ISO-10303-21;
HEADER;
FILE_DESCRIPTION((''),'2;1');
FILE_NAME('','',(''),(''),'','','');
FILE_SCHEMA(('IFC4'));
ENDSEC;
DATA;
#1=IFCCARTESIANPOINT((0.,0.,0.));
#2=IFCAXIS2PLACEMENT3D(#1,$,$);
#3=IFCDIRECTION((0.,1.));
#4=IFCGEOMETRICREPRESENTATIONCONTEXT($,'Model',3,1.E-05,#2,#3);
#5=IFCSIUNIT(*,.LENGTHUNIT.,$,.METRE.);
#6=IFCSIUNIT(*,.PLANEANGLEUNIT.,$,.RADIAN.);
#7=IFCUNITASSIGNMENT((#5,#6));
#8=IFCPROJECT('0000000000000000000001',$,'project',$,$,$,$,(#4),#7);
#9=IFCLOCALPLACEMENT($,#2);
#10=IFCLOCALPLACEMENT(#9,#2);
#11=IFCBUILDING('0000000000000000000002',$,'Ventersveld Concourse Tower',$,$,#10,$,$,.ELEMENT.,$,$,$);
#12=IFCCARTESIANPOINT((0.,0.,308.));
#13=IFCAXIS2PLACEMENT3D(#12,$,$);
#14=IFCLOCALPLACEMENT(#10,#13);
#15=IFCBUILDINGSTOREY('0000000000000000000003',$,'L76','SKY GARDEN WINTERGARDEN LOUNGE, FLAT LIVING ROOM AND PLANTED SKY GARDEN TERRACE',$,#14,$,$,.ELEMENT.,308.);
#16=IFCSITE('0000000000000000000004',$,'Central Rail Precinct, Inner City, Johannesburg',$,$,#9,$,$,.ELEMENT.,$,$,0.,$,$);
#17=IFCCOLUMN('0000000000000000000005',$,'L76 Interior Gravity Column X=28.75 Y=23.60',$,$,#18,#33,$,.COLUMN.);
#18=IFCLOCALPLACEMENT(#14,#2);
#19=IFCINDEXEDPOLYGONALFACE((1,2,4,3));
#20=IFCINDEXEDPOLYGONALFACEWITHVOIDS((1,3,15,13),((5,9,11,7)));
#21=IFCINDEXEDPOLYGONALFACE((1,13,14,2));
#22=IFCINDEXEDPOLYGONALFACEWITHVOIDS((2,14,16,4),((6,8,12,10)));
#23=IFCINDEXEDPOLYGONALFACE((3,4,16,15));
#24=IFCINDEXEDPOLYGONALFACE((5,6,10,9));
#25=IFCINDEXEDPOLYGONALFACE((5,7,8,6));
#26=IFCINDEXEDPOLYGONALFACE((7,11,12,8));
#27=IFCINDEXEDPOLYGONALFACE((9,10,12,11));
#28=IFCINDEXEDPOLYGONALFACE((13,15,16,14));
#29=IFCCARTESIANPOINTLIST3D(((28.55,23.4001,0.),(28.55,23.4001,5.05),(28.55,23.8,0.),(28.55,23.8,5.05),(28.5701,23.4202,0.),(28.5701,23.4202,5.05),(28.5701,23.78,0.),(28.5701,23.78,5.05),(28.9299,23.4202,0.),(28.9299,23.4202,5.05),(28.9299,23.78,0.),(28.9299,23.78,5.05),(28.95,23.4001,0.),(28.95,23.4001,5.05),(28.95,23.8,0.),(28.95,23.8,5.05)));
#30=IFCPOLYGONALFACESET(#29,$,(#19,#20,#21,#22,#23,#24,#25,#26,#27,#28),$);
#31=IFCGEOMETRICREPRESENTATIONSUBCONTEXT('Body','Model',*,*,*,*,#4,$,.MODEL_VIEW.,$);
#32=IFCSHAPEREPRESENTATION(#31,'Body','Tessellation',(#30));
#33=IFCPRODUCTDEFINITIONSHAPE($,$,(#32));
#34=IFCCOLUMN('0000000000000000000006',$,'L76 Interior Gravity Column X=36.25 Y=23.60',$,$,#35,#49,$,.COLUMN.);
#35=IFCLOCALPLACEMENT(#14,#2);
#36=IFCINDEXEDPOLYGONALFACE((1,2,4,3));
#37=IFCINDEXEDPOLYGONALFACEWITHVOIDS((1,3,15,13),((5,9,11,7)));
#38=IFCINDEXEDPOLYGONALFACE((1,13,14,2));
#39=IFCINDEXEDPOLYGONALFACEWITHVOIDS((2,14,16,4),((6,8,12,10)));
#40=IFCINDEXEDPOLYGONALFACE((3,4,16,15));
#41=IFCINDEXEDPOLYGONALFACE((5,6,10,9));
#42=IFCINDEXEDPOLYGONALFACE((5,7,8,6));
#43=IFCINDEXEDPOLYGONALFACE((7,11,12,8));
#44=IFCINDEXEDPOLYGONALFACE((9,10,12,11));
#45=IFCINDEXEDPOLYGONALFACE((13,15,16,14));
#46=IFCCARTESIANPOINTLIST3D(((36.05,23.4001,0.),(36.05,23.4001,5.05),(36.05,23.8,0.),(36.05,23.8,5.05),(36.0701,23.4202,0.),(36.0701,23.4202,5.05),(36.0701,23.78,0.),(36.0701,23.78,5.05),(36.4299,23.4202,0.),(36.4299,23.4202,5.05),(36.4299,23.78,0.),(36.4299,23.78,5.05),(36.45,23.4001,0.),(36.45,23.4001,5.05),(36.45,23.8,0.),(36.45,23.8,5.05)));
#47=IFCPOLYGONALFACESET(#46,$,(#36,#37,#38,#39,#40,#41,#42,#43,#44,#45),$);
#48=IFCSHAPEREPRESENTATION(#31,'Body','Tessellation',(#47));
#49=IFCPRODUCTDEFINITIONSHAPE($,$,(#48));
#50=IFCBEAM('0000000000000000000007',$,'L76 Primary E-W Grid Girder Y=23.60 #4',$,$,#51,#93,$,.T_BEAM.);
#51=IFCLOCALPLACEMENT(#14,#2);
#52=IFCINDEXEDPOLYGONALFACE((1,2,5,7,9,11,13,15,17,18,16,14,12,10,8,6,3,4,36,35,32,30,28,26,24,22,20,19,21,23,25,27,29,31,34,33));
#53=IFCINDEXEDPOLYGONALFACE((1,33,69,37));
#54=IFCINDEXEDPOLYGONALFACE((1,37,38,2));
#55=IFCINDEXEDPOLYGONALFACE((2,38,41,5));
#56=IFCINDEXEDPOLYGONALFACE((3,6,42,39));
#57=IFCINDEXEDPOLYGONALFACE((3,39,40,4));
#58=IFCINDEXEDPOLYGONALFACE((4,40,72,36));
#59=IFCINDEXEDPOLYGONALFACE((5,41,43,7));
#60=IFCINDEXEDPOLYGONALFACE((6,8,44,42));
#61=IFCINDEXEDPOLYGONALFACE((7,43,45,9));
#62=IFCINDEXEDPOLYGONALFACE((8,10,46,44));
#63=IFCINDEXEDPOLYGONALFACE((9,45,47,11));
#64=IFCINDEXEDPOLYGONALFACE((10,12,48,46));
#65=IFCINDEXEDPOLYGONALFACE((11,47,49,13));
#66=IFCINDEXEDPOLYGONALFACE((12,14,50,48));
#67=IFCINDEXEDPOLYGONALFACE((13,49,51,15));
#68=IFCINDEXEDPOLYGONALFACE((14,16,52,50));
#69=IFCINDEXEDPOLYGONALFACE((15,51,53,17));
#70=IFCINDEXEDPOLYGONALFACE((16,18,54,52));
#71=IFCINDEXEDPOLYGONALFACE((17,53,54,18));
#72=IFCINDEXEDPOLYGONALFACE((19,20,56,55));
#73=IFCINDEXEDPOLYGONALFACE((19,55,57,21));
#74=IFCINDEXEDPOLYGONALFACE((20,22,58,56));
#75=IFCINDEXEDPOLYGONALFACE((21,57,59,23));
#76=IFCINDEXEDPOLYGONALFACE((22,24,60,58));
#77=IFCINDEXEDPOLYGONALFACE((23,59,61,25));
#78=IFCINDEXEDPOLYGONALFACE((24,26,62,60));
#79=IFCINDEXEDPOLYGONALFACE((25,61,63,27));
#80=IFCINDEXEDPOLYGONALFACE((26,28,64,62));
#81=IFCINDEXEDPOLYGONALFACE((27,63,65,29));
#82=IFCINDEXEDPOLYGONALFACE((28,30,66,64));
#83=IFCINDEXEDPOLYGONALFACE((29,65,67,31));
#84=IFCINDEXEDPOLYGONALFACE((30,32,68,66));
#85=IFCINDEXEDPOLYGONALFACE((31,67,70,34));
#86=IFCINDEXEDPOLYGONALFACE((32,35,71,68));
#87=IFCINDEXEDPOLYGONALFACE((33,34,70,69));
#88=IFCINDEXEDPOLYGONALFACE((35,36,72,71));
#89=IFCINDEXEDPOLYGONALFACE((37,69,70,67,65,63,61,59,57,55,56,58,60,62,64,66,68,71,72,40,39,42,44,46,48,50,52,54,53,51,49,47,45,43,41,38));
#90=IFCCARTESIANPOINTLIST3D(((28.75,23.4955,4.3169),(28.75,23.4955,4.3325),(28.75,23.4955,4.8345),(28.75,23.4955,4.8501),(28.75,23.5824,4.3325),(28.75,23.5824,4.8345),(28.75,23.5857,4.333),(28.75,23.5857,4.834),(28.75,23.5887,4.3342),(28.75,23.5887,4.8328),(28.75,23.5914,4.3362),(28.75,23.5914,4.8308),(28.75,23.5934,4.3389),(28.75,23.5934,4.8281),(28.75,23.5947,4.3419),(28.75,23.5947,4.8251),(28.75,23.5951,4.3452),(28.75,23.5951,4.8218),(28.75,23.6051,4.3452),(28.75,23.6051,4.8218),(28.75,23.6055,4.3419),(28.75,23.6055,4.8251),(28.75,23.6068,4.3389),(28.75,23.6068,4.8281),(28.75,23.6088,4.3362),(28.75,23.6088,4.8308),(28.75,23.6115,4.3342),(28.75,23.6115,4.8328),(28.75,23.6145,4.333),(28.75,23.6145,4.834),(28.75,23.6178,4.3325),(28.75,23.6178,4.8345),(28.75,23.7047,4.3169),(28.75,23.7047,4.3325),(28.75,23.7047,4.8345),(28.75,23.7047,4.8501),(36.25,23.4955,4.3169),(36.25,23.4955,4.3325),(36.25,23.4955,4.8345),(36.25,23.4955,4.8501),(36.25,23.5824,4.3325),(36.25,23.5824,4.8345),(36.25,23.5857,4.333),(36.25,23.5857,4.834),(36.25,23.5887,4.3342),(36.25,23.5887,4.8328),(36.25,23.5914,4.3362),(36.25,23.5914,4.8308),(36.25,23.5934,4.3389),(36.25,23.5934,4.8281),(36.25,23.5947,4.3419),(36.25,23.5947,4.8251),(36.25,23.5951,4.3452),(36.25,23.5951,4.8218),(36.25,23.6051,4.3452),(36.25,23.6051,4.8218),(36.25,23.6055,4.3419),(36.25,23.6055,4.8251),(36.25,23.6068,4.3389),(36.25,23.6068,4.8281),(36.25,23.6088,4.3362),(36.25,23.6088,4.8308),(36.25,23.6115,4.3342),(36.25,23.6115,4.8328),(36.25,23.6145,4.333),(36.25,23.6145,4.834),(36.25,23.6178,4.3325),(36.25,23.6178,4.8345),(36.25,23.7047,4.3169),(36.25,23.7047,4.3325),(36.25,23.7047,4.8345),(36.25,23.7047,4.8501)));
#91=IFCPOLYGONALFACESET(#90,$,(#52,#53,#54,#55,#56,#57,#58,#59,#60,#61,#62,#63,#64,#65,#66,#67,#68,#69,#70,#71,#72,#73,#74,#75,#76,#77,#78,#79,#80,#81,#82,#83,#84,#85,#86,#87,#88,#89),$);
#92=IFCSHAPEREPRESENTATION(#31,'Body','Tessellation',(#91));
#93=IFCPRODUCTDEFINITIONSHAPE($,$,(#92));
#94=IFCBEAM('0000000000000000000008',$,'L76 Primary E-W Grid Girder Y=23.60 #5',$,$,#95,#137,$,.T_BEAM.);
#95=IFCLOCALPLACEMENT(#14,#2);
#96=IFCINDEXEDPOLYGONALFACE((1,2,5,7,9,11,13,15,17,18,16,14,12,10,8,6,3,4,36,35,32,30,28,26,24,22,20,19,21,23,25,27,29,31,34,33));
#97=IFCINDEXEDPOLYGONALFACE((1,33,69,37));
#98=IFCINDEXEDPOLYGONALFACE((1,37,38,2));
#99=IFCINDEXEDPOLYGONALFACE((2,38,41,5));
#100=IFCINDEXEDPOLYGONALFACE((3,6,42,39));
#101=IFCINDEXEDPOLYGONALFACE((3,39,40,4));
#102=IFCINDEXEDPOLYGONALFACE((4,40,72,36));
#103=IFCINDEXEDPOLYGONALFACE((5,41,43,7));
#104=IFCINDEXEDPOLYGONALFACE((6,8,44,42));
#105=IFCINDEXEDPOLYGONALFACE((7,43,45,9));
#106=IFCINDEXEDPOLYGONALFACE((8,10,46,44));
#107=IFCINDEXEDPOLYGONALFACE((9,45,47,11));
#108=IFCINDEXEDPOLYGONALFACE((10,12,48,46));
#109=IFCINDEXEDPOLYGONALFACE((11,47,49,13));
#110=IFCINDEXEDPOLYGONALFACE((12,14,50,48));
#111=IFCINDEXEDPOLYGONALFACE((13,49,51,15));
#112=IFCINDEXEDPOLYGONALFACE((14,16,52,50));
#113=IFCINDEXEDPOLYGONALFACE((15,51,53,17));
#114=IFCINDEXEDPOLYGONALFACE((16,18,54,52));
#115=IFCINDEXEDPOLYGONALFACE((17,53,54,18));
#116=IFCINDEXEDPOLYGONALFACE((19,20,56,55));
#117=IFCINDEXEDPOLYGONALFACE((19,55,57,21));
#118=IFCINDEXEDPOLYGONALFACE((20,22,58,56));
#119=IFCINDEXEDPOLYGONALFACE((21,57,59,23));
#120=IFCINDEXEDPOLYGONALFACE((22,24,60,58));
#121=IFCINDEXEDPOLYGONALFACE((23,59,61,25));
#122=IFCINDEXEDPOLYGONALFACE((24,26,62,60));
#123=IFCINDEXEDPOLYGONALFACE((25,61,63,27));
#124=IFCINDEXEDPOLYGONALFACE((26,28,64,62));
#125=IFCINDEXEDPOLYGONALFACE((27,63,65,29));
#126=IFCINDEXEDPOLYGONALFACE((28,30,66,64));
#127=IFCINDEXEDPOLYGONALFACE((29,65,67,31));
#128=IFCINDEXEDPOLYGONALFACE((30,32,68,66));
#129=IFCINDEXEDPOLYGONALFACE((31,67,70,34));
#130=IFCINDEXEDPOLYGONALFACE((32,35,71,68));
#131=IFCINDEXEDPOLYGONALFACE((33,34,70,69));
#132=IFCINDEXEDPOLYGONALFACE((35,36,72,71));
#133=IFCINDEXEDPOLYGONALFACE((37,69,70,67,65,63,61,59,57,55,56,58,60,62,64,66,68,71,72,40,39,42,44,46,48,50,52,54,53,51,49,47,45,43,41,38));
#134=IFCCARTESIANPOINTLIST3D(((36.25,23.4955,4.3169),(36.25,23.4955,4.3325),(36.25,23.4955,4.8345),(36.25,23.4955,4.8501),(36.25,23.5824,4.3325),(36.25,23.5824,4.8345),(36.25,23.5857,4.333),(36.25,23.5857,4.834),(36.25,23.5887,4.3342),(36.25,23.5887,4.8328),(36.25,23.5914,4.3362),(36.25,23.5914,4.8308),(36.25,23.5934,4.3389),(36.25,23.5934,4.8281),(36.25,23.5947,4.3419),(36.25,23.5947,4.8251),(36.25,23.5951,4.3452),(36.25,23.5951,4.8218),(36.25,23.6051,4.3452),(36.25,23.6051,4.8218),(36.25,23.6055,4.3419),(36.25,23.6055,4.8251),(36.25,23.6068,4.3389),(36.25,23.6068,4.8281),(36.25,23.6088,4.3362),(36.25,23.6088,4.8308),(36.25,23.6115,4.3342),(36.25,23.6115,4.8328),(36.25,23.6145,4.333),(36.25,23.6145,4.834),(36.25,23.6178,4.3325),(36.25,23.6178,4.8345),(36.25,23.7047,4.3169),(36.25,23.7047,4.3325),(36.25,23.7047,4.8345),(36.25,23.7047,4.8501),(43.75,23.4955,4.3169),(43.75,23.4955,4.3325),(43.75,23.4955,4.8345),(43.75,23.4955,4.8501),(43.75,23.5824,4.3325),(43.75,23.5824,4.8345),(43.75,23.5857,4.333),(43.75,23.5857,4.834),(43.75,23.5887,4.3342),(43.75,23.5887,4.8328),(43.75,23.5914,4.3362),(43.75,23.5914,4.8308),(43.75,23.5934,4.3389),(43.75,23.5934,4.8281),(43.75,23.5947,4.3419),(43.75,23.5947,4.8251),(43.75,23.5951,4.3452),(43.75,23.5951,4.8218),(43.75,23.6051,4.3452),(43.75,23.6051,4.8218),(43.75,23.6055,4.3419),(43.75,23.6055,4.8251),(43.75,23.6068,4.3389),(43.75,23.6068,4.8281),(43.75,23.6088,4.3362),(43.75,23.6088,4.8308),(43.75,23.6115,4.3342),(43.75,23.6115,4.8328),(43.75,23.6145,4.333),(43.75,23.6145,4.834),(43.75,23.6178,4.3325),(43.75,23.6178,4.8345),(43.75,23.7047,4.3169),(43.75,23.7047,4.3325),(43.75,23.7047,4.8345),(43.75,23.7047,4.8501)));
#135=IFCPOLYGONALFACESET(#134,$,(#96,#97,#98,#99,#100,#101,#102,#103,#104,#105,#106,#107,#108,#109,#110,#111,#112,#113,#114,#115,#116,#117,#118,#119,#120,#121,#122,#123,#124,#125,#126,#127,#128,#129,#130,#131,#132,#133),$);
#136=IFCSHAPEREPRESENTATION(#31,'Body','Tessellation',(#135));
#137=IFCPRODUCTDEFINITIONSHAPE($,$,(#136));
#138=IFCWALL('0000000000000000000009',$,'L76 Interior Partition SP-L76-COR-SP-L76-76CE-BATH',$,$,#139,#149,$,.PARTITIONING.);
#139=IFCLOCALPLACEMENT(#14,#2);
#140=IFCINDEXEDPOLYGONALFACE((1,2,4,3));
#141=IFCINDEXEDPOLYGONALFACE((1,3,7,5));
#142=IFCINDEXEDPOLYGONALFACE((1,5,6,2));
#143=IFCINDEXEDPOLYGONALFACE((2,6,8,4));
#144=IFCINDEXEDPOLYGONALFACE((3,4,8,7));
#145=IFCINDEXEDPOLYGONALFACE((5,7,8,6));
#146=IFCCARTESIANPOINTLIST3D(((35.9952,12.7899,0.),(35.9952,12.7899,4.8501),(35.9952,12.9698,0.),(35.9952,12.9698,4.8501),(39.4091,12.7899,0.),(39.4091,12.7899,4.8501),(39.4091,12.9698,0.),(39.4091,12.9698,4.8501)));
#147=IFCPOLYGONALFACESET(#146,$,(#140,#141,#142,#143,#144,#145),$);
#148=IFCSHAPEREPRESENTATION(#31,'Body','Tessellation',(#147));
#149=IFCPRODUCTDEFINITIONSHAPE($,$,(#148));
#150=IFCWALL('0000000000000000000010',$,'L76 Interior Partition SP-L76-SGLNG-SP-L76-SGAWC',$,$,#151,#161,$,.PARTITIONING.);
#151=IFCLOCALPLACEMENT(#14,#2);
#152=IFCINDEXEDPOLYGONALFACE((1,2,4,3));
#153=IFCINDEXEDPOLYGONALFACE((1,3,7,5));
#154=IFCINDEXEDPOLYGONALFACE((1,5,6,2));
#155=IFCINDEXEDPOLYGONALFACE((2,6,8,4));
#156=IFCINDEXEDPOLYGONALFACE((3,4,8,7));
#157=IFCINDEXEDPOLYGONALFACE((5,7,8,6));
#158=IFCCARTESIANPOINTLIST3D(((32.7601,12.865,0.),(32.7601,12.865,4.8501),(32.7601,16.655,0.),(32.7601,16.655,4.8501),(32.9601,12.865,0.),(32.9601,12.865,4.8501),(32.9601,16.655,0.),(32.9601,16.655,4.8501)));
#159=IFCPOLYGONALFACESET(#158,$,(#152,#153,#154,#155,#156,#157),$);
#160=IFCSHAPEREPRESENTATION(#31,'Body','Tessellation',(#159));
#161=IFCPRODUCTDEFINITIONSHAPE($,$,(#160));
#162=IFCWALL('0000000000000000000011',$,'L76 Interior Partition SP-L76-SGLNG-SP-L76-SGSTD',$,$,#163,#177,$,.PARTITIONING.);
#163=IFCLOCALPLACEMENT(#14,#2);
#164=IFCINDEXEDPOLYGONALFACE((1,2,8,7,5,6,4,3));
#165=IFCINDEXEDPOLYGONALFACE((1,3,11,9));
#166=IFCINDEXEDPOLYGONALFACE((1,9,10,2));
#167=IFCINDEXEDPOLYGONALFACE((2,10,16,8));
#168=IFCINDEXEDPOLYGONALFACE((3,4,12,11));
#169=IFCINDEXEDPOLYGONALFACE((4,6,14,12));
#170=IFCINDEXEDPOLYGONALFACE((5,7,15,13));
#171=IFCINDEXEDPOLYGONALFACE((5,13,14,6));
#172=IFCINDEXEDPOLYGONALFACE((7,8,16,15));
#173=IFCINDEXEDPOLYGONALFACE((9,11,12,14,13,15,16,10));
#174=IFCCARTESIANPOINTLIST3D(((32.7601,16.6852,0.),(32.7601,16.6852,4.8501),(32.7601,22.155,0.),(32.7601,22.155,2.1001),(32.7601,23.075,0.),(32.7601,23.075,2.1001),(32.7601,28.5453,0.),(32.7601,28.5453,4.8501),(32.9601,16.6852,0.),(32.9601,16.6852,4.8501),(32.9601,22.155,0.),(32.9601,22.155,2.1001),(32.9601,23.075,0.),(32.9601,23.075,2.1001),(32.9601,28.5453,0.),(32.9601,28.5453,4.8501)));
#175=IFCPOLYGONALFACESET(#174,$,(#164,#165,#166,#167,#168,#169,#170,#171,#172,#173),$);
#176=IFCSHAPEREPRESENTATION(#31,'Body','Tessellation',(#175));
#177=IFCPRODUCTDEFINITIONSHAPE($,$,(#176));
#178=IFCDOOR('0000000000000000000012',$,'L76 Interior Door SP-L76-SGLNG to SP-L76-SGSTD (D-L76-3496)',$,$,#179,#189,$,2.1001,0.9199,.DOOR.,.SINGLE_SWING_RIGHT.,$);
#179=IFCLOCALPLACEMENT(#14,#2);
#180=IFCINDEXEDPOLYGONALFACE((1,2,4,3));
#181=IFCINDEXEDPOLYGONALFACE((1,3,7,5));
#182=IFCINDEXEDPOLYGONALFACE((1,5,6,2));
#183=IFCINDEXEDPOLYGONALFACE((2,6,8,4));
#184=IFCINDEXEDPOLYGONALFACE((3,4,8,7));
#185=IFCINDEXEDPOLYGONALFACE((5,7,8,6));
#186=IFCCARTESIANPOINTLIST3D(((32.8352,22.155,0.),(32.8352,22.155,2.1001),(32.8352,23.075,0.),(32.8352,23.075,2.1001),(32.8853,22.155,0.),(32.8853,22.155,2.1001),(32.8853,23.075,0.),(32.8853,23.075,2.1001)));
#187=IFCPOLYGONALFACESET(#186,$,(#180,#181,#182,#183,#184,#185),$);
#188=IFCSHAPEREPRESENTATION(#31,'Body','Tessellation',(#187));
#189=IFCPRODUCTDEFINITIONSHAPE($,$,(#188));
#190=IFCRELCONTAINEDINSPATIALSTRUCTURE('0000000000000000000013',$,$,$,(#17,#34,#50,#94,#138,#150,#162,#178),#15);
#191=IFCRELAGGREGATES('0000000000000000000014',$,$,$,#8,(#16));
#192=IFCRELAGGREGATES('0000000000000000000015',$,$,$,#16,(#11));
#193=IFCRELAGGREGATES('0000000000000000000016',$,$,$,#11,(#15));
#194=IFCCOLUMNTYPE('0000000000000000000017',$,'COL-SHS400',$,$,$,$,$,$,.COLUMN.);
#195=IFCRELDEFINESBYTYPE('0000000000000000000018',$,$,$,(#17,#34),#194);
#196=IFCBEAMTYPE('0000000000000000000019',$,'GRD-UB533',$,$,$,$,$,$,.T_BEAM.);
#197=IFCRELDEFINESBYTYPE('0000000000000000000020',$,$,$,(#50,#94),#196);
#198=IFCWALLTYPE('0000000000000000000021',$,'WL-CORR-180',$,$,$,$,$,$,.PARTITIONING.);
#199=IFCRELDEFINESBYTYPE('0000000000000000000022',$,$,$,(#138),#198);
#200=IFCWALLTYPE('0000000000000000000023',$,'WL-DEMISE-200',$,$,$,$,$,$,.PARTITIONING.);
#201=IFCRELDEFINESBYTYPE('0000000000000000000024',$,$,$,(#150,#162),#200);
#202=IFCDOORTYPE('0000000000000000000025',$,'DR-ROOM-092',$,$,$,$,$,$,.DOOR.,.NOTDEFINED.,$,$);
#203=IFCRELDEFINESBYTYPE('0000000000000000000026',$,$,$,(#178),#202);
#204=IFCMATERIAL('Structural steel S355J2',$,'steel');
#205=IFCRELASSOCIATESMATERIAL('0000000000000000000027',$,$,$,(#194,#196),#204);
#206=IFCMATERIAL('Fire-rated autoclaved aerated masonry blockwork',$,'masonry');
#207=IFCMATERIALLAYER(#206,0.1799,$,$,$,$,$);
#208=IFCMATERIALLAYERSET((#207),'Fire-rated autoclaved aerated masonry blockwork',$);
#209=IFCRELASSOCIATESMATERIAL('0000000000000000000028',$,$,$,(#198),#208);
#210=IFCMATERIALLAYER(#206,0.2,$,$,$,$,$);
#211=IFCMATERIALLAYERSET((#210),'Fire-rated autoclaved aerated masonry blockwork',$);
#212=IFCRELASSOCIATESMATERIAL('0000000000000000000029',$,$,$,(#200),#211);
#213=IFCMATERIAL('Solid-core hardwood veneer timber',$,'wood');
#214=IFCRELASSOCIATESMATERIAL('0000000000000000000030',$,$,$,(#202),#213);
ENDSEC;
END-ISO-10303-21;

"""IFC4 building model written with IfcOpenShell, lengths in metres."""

from ifc_helpers import new_model, si_unit, direction, frame, frame_2d, origin, origin_2d, place, context, subcontext, project, spatial, rectangle, hollow_rectangle, i_section, extrude, material, layer, layer_set, material_profile, profile_set, type_object, element, fill, save


model = new_model("IFC4")

# Units and contexts
model_context = context("Model", 3, precision=1e-05, world=origin(), true_north=direction((0.0, 1.0)))
body_context = subcontext(model_context, "Body", "Model", "MODEL_VIEW")
ifc_project = project(units=[si_unit("LENGTHUNIT", "METRE"), si_unit("PLANEANGLEUNIT", "RADIAN")], contexts=[model_context])

# Site, building, storey
site_placement = place(None, origin())
site = spatial("IfcSite", under=ifc_project, at=site_placement, Name="Central Rail Precinct, Inner City, Johannesburg", CompositionType="ELEMENT", RefElevation=0.0)
building_placement = place(site_placement, origin())
building = spatial("IfcBuilding", under=site, at=building_placement, Name="Ventersveld Concourse Tower", CompositionType="ELEMENT")
storey_placement = place(building_placement, frame((0.0, 0.0, 308.0)))
storey = spatial("IfcBuildingStorey", under=building, at=storey_placement, Name="L76", Description="SKY GARDEN WINTERGARDEN LOUNGE, FLAT LIVING ROOM AND PLANTED SKY GARDEN TERRACE", CompositionType="ELEMENT", Elevation=308.0)

# Columns
ifc_material_1 = material(Name="Structural steel S355J2", Category="steel")
ifc_material_profile_1 = material_profile(ifc_material_1, hollow_rectangle(XDim=0.3999, YDim=0.3999, WallThickness=0.02, at=origin_2d()), Name="SHS 400x400x20")
ifc_profile_set_1 = profile_set([ifc_material_profile_1], Name="Structural steel S355J2")
column_type = type_object("IfcColumnType", Name="COL-SHS400", PredefinedType="COLUMN", material=ifc_profile_set_1)
for number, where, z_axis, x_axis, name in (
    (1, (28.75, 23.6001, 0.0), (0.0, 0.0, 1.0), (1.0, 0.0, 0.0), "L76 Interior Gravity Column X=28.75 Y=23.60"),
    (2, (36.25, 23.6001, 0.0), (0.0, 0.0, 1.0), (1.0, 0.0, 0.0), "L76 Interior Gravity Column X=36.25 Y=23.60"),
):
    element("IfcColumn", number, at=place(storey_placement, frame(where, z_axis=z_axis, x_axis=x_axis)), inside=storey, type_object=column_type, Name=name, PredefinedType="COLUMN", context=body_context, shape_type="SweptSolid", body=[
        extrude(hollow_rectangle(XDim=0.3999, YDim=0.3999, WallThickness=0.02, at=origin_2d()), origin(), (0.0, 0.0, 1.0), 5.05),
    ])

# Beams
ifc_material_profile_2 = material_profile(ifc_material_1, i_section(OverallWidth=0.2092, OverallDepth=0.5332, WebThickness=0.01, FlangeThickness=0.0156, FilletRadius=0.0127, at=origin_2d()), Name="UB 533x210x92")
ifc_profile_set_2 = profile_set([ifc_material_profile_2], Name="Structural steel S355J2")
beam_type = type_object("IfcBeamType", Name="GRD-UB533", PredefinedType="T_BEAM", material=ifc_profile_set_2)
for number, where, z_axis, x_axis, name in (
    (3, (28.75, 23.6001, 4.5835), (1.0, 0.0, 0.0), (0.0, 1.0, 0.0), "L76 Primary E-W Grid Girder Y=23.60 #4"),
    (4, (36.25, 23.6001, 4.5835), (1.0, 0.0, 0.0), (0.0, 1.0, 0.0), "L76 Primary E-W Grid Girder Y=23.60 #5"),
):
    element("IfcBeam", number, at=place(storey_placement, frame(where, z_axis=z_axis, x_axis=x_axis)), inside=storey, type_object=beam_type, Name=name, PredefinedType="T_BEAM", context=body_context, shape_type="SweptSolid", body=[
        extrude(i_section(OverallWidth=0.2092, OverallDepth=0.5332, WebThickness=0.01, FlangeThickness=0.0156, FilletRadius=0.0127, at=origin_2d()), origin(), (0.0, 0.0, 1.0), 7.5),
    ])

# Shared definitions
ifc_material_2 = material(Name="Fire-rated autoclaved aerated masonry blockwork", Category="masonry")
ifc_layer_1 = layer(ifc_material_2, 0.1799)
ifc_layer_set_1 = layer_set([ifc_layer_1], Name="Fire-rated autoclaved aerated masonry blockwork")
wall_type_1 = type_object("IfcWallType", Name="WL-CORR-180", PredefinedType="PARTITIONING", material=ifc_layer_set_1)
ifc_material_3 = material(Name="Solid-core hardwood veneer timber", Category="wood")

# Walls
wall_1_placement = place(storey_placement, frame((35.9951, 12.8799, 0.0), z_axis=(0.0, 0.0, 1.0), x_axis=(1.0, 0.0, 0.0)))
element("IfcWall", 5, at=wall_1_placement, inside=storey, type_object=wall_type_1, Name="L76 Interior Partition SP-L76-COR-SP-L76-76CE-BATH", PredefinedType="PARTITIONING", context=body_context, shape_type="SweptSolid", body=[
    extrude(rectangle(XDim=3.4138, YDim=0.1799, at=frame_2d((1.707, 0.0))), origin(), (0.0, 0.0, 1.0), 4.8501),
])
ifc_layer_2 = layer(ifc_material_2, 0.2)
ifc_layer_set_2 = layer_set([ifc_layer_2], Name="Fire-rated autoclaved aerated masonry blockwork")
wall_type_2 = type_object("IfcWallType", Name="WL-DEMISE-200", PredefinedType="PARTITIONING", material=ifc_layer_set_2)
wall_2_placement = place(storey_placement, frame((32.8601, 12.865, 0.0), z_axis=(0.0, 0.0, 1.0), x_axis=(0.0, 1.0, 0.0)))
element("IfcWall", 6, at=wall_2_placement, inside=storey, type_object=wall_type_2, Name="L76 Interior Partition SP-L76-SGLNG-SP-L76-SGAWC", PredefinedType="PARTITIONING", context=body_context, shape_type="SweptSolid", body=[
    extrude(rectangle(XDim=3.79, YDim=0.2, at=frame_2d((1.895, 0.0))), origin(), (0.0, 0.0, 1.0), 4.8501),
])

# Wall, opening, door
wall_3_placement = place(storey_placement, frame((32.8601, 16.6851, 0.0), z_axis=(0.0, 0.0, 1.0), x_axis=(0.0, 1.0, 0.0)))
wall_3 = element("IfcWall", 7, at=wall_3_placement, inside=storey, type_object=wall_type_2, Name="L76 Interior Partition SP-L76-SGLNG-SP-L76-SGSTD", PredefinedType="PARTITIONING", context=body_context, shape_type="SweptSolid", body=[
    extrude(rectangle(XDim=11.8601, YDim=0.2, at=frame_2d((5.9302, 0.0))), origin(), (0.0, 0.0, 1.0), 4.8501),
])
opening_1_placement = place(wall_3_placement, frame((5.47, 0.0, 0.0)))
opening_1 = element("IfcOpeningElement", 8, at=opening_1_placement, cuts=wall_3, PredefinedType="OPENING", context=body_context, shape_type="SweptSolid", body=[
    extrude(rectangle(XDim=0.9199, YDim=2.1001, at=frame_2d((0.46, 1.05))), frame((0.0, 0.1099, 0.0), z_axis=(0.0, -1.0, 0.0), x_axis=(1.0, 0.0, 0.0)), (0.0, 0.0, 1.0), 0.22),
])
door_type_1 = type_object("IfcDoorType", Name="DR-ROOM-092", OperationType="NOTDEFINED", PredefinedType="DOOR", material=ifc_material_3)
door_1_placement = place(opening_1_placement, origin())
door_1 = element("IfcDoor", 9, at=door_1_placement, inside=storey, type_object=door_type_1, Name="L76 Interior Door SP-L76-SGLNG to SP-L76-SGSTD (D-L76-3496)", OperationType="SINGLE_SWING_RIGHT", OverallHeight=2.1001, OverallWidth=0.9199, PredefinedType="DOOR", context=body_context, shape_type="SweptSolid", body=[
    extrude(rectangle(XDim=0.9199, YDim=2.1001, at=frame_2d((0.46, 1.05))), frame((0.0, 0.0249, 0.0), z_axis=(0.0, -1.0, 0.0), x_axis=(1.0, 0.0, 0.0)), (0.0, 0.0, 1.0), 0.05),
])
fill(opening_1, door_1)

save(model, "model.ifc")
